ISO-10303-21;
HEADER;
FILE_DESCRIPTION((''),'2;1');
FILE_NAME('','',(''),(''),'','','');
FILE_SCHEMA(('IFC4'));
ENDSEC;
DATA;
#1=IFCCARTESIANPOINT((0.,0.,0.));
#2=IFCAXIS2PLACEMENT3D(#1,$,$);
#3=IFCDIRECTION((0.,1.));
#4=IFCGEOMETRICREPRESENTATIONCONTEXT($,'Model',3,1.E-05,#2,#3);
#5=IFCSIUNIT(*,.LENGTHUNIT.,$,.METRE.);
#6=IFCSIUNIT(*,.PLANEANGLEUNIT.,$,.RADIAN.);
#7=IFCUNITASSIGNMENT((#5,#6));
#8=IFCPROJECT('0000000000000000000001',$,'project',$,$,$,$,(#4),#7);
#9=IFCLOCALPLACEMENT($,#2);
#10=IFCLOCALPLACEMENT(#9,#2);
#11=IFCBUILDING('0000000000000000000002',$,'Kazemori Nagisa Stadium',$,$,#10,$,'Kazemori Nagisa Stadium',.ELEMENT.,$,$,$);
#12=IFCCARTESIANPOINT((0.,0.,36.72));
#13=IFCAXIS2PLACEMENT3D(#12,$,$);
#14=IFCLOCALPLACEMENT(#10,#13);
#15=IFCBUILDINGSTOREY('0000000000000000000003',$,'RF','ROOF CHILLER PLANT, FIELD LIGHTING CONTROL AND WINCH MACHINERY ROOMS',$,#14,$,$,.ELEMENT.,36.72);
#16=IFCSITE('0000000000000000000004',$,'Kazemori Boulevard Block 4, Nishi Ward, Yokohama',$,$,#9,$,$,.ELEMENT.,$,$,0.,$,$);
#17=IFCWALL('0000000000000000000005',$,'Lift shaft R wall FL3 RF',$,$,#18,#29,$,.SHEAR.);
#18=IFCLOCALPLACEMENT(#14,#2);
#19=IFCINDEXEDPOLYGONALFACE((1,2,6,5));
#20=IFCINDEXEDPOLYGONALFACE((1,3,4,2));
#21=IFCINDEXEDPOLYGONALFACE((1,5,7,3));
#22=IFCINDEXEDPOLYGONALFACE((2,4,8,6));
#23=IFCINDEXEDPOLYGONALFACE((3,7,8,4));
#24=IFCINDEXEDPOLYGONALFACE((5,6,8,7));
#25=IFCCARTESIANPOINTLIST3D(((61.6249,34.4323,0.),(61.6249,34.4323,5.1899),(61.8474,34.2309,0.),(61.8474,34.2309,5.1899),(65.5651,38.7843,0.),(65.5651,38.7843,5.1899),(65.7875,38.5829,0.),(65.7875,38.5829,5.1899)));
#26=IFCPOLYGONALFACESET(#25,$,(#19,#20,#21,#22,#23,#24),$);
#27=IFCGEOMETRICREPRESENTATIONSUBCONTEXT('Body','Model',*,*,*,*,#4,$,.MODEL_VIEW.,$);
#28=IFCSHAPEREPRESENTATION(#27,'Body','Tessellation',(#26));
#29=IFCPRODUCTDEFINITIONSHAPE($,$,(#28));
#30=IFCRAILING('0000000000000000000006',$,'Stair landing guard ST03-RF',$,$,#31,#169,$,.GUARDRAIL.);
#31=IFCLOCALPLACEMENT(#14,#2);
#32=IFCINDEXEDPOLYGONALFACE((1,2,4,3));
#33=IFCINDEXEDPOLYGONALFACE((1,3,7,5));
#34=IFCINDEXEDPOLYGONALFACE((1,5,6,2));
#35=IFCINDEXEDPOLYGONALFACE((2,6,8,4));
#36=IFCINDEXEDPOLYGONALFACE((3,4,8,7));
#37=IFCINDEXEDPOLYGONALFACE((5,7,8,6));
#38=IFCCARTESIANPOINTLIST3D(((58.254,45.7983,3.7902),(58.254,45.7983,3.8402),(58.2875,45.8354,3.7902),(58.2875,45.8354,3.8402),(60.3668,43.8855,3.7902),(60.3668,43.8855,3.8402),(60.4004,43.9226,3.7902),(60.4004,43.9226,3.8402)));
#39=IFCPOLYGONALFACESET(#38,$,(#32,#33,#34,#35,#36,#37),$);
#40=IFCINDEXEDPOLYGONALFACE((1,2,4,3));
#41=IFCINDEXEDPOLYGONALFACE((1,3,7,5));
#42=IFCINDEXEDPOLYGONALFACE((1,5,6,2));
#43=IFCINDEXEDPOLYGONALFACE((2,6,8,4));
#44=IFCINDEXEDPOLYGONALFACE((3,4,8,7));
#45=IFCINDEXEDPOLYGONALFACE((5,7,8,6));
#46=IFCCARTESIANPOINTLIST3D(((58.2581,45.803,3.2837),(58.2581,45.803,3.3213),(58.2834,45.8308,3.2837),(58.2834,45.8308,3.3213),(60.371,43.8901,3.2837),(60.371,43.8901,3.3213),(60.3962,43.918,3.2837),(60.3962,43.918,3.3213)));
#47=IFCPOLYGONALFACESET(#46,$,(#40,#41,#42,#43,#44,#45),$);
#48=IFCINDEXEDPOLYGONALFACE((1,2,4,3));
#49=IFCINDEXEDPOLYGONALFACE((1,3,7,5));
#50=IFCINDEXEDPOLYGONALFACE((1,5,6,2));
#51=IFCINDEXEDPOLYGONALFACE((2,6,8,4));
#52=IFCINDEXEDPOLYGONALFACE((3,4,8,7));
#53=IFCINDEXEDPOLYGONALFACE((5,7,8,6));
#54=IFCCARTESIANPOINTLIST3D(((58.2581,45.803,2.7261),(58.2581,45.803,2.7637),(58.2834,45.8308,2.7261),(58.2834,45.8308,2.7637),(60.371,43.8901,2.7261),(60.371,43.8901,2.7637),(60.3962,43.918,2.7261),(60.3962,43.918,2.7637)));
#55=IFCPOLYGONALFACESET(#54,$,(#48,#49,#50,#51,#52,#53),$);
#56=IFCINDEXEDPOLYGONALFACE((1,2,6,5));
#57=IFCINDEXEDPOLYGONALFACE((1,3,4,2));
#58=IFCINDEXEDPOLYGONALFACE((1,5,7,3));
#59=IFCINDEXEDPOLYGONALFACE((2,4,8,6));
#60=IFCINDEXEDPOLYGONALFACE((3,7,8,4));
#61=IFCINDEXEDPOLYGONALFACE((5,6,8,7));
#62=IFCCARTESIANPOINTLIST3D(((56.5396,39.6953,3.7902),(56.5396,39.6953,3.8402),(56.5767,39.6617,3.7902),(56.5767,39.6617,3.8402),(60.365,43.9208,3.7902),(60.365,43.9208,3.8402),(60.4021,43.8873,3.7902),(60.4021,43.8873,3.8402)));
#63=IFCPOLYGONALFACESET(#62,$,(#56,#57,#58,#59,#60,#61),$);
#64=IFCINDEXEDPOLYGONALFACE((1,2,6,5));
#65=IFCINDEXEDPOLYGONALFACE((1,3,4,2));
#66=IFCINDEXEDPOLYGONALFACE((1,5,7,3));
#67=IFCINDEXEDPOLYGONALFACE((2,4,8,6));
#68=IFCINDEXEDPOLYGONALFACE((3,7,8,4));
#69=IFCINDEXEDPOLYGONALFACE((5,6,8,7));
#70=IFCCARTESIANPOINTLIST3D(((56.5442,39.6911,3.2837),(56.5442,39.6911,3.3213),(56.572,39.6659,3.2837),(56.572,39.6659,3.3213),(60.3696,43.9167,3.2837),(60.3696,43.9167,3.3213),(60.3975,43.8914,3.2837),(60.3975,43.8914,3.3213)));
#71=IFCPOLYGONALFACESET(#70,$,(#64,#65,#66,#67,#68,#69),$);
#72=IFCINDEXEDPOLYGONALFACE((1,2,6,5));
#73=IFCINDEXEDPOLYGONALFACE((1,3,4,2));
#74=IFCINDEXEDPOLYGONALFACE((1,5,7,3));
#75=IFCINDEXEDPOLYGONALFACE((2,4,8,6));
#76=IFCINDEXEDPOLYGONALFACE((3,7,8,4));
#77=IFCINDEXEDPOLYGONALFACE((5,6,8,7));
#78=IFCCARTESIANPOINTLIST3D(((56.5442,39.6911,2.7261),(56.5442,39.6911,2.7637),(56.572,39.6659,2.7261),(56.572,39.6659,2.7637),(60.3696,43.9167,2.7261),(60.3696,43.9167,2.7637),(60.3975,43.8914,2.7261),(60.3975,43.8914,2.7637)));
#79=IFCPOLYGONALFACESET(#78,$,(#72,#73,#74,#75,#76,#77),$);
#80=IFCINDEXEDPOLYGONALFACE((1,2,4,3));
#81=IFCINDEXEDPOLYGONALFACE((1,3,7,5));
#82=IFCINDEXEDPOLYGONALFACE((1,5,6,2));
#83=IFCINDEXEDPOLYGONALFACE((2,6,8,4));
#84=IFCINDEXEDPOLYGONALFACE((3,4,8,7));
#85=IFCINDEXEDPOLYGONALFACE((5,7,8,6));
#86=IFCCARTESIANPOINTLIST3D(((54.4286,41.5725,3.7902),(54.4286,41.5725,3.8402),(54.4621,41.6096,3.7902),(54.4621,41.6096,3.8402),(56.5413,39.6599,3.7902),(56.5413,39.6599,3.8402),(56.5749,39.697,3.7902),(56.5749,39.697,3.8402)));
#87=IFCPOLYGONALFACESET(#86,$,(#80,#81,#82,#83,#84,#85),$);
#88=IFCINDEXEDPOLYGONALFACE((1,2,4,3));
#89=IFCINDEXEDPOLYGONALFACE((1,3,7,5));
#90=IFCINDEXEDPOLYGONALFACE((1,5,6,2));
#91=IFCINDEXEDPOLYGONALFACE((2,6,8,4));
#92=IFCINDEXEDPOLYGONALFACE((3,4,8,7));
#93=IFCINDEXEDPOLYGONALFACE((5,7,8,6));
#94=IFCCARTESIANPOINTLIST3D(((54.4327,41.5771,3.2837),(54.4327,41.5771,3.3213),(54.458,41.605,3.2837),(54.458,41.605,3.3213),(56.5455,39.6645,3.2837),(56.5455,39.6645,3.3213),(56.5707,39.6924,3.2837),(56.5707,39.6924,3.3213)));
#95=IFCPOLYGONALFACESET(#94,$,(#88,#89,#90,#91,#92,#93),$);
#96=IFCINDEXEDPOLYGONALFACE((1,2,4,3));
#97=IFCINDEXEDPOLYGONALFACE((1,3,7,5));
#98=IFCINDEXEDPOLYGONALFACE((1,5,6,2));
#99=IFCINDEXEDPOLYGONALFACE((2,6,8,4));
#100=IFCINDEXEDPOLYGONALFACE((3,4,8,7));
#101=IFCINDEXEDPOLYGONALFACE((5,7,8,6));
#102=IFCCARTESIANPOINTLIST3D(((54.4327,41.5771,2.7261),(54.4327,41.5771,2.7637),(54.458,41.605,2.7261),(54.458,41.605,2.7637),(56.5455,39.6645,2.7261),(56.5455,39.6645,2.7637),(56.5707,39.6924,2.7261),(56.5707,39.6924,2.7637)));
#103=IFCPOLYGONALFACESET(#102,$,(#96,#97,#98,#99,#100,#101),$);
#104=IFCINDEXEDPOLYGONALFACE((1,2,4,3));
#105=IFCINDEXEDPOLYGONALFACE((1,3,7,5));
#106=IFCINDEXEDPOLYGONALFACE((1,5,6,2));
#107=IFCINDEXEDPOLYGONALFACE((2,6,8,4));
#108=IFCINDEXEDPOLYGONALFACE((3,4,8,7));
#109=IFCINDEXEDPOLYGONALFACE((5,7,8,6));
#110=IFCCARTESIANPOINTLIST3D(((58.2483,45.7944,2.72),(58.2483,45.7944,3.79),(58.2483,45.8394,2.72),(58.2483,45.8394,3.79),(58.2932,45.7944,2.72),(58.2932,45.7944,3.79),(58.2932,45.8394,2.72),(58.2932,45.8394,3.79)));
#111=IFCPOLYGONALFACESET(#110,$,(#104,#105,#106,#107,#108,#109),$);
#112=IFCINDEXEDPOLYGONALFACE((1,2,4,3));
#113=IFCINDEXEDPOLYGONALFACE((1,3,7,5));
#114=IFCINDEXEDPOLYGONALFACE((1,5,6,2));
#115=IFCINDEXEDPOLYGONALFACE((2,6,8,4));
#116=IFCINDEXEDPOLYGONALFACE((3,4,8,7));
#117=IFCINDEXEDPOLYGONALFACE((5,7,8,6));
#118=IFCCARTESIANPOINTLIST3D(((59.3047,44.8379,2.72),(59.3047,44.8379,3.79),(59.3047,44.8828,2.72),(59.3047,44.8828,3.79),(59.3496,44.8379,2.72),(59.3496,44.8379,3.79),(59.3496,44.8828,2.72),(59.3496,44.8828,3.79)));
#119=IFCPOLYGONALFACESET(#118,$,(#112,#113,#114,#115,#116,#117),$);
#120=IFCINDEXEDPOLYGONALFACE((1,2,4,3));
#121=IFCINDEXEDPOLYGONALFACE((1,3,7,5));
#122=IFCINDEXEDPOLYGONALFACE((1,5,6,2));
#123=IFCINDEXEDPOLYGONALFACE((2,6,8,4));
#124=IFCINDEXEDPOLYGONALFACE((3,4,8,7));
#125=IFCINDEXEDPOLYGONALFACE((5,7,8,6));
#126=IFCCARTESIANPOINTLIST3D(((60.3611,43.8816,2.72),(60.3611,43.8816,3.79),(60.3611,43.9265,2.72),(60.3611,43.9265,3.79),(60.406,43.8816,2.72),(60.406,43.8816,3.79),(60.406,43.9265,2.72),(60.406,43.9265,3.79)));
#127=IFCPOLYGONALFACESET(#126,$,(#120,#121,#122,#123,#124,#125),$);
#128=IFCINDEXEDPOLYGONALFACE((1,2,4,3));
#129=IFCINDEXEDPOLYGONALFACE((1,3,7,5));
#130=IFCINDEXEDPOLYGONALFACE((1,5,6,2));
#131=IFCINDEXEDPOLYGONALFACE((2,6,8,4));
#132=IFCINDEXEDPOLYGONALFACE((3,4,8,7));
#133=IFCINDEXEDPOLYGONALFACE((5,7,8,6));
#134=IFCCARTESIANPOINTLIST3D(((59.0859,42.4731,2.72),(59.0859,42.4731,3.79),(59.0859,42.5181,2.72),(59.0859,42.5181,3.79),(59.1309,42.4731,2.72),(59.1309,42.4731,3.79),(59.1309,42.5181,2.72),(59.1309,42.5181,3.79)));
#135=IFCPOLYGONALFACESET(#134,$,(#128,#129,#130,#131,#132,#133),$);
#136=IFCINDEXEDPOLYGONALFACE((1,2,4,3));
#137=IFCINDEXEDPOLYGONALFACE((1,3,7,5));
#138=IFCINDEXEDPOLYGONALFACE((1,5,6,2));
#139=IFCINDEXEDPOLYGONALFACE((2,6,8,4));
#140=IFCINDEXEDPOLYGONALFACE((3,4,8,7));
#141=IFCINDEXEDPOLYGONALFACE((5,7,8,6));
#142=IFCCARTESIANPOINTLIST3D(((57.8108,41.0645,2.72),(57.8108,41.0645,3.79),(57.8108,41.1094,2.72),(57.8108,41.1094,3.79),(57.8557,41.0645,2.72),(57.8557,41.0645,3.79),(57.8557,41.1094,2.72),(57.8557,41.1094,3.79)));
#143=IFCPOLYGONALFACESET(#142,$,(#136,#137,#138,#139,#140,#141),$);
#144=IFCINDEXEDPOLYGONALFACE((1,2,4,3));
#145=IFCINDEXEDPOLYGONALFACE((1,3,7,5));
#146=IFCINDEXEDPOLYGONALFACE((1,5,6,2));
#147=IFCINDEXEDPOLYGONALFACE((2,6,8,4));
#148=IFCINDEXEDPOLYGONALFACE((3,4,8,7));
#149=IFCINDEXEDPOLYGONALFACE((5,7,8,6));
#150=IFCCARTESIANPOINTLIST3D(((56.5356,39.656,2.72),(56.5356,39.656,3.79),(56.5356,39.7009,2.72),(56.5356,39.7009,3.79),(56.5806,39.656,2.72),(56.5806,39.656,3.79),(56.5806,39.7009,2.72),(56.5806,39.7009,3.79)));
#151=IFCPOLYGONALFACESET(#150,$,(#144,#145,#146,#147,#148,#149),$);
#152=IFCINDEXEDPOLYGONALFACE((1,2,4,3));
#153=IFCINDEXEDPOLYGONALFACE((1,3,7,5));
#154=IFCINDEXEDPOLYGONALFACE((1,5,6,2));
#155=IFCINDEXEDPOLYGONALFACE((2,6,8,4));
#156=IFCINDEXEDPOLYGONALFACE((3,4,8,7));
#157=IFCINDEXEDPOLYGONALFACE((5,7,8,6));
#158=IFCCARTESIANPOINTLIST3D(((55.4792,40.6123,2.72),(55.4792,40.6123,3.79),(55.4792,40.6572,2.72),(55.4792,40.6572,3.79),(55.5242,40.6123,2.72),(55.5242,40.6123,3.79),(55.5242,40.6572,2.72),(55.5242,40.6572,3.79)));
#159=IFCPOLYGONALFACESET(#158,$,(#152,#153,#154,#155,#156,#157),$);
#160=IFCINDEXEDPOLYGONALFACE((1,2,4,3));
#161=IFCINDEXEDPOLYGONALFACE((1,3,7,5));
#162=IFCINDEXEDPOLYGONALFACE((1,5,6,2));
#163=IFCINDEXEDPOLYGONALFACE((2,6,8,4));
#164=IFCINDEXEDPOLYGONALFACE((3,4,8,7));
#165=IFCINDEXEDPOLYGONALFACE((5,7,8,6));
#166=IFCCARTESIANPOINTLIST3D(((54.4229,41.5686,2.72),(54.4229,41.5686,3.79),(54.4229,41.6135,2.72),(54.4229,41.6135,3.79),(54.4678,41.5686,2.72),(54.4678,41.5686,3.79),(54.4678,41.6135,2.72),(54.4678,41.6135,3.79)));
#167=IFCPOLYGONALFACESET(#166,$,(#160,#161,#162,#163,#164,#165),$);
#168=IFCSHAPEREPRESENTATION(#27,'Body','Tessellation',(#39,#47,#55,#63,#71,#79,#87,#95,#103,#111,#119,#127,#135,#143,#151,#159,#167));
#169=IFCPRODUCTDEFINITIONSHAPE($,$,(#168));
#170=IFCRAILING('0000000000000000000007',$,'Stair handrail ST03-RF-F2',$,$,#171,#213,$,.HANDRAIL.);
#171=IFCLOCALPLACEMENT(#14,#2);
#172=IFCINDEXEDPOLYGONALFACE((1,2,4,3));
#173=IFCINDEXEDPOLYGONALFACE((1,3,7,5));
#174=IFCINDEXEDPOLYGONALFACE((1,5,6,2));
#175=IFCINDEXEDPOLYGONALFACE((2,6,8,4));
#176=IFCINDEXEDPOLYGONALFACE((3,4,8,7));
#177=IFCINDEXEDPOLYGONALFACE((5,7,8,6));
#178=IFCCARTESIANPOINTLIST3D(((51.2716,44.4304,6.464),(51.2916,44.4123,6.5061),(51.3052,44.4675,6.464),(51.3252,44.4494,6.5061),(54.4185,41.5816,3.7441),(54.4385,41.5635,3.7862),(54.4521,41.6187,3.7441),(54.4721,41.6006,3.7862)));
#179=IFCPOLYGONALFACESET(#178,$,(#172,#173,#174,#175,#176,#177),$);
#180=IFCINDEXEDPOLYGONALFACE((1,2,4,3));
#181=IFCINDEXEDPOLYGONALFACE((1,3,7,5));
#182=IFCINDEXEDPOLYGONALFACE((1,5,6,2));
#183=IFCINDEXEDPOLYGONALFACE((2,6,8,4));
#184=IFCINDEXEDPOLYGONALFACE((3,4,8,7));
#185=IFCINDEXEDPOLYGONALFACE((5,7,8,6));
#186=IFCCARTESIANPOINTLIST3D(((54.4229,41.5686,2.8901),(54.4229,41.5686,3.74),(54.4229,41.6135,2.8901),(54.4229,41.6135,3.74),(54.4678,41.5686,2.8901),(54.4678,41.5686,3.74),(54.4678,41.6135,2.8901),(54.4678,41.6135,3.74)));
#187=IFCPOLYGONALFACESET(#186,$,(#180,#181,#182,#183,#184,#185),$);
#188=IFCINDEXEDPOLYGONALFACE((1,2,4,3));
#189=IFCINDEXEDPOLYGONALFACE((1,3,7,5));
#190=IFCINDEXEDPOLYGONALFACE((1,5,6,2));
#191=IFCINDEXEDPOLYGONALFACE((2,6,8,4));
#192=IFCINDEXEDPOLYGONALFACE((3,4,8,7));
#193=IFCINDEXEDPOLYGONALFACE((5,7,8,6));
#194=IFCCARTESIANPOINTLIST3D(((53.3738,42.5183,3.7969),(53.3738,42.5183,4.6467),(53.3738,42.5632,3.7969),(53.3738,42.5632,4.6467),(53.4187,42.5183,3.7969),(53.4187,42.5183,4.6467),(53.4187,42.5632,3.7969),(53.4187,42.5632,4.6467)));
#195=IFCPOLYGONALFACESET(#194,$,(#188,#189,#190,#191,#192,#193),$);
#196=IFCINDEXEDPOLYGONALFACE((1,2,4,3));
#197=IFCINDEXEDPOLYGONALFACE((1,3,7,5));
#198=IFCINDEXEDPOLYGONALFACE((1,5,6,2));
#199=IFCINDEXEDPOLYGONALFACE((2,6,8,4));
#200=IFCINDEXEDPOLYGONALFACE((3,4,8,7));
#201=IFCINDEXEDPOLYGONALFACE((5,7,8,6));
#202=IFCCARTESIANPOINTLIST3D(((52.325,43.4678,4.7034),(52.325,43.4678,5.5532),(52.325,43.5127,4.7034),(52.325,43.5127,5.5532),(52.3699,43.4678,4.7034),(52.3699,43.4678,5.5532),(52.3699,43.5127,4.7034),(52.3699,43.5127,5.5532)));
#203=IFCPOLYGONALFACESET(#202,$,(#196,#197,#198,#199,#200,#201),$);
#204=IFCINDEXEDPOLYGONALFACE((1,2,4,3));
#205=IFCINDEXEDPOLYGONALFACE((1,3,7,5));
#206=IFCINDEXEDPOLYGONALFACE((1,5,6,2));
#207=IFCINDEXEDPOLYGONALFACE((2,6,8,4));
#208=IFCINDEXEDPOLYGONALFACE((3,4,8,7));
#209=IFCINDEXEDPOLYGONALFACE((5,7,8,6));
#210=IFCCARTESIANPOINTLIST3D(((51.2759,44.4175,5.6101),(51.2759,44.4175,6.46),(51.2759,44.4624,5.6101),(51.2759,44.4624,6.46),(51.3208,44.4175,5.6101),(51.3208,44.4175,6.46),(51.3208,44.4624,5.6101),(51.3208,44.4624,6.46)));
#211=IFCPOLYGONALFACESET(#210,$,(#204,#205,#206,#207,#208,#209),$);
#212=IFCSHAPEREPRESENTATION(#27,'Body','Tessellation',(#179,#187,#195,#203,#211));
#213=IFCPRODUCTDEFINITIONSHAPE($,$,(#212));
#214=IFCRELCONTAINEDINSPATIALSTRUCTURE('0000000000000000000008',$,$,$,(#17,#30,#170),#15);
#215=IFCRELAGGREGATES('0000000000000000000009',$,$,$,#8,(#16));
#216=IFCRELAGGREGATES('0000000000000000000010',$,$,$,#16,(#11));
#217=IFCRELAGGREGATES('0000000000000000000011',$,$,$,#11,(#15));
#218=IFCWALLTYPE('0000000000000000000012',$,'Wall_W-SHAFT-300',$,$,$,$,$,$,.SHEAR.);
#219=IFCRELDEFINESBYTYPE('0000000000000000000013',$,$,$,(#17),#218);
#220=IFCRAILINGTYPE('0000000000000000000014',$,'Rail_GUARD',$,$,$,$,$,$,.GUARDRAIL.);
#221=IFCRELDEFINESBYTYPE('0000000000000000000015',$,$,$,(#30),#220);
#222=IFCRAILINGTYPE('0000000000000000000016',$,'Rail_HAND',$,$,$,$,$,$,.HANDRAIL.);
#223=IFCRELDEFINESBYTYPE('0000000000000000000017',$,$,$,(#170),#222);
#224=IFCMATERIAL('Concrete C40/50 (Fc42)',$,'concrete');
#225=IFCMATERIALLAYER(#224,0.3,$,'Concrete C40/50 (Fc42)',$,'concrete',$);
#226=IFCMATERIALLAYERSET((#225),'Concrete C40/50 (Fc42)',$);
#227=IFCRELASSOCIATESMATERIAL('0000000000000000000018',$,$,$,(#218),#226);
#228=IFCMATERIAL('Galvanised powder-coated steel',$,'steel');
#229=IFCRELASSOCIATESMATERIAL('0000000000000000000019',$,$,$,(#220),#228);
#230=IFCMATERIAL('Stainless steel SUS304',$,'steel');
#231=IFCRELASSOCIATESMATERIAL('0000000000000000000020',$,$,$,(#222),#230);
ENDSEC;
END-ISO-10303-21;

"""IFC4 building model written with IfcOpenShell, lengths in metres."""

from ifc_helpers import new_model, si_unit, direction, frame, frame_2d, origin, origin_2d, place, context, subcontext, project, spatial, rectangle, extrude, material, layer, layer_set, type_object, element, save


model = new_model("IFC4")

# Units and contexts
model_context = context("Model", 3, precision=1e-05, world=origin(), true_north=direction((0.0, 1.0)))
body_context = subcontext(model_context, "Body", "Model", "MODEL_VIEW")
ifc_project = project(units=[si_unit("LENGTHUNIT", "METRE"), si_unit("PLANEANGLEUNIT", "RADIAN")], contexts=[model_context])

# Site, building, storey
site_placement = place(None, origin())
site = spatial("IfcSite", under=ifc_project, at=site_placement, Name="Kazemori Boulevard Block 4, Nishi Ward, Yokohama", CompositionType="ELEMENT", RefElevation=0.0)
building_placement = place(site_placement, origin())
building = spatial("IfcBuilding", under=site, at=building_placement, Name="Kazemori Nagisa Stadium", LongName="Kazemori Nagisa Stadium", CompositionType="ELEMENT")
storey_placement = place(building_placement, frame((0.0, 0.0, 36.72)))
storey = spatial("IfcBuildingStorey", under=building, at=storey_placement, Name="RF", Description="ROOF CHILLER PLANT, FIELD LIGHTING CONTROL AND WINCH MACHINERY ROOMS", CompositionType="ELEMENT", Elevation=36.72)

# Shared definitions
ifc_material_1 = material(Name="Concrete C40/50 (Fc42)", Category="concrete")

# Shared definitions
ifc_layer_1 = layer(ifc_material_1, 0.3, Name="Concrete C40/50 (Fc42)", Category="concrete")
ifc_layer_set_1 = layer_set([ifc_layer_1], Name="Concrete C40/50 (Fc42)")
wall_type_1 = type_object("IfcWallType", Name="Wall_W-SHAFT-300", PredefinedType="SHEAR", material=ifc_layer_set_1)
ifc_material_2 = material(Name="Stainless steel SUS304", Category="steel")

# Wall
wall_1_placement = place(storey_placement, frame((65.6763, 38.6836, 0.0), z_axis=(0.0, 0.0, 1.0), x_axis=(-0.671158, -0.741314, 0.0)))
element("IfcWall", 1, at=wall_1_placement, inside=storey, type_object=wall_type_1, Name="Lift shaft R wall FL3 RF", PredefinedType="SHEAR", context=body_context, shape_type="SweptSolid", body=[
    extrude(rectangle(XDim=5.8706, YDim=0.3, at=frame_2d((2.9353, 0.0))), origin(), (0.0, 0.0, 1.0), 5.1899),
])

# Railings
ifc_material_3 = material(Name="Galvanised powder-coated steel", Category="steel")
railing_type_1 = type_object("IfcRailingType", Name="Rail_GUARD", PredefinedType="GUARDRAIL", material=ifc_material_3)
railing_1_placement = place(storey_placement, frame((58.2708, 45.8169, 2.72)))
element("IfcRailing", 2, at=railing_1_placement, inside=storey, type_object=railing_type_1, Name="Stair landing guard ST03-RF", PredefinedType="GUARDRAIL", context=body_context, shape_type="SweptSolid", body=[
    extrude(rectangle(XDim=0.05, YDim=0.05, at=origin_2d()), frame((0.0, 0.0, 1.0952), z_axis=(0.741315, -0.671158, 0.0), x_axis=(0.671158, 0.741315, 0.0)), (0.0, 0.0, 1.0), 2.8501),
    extrude(rectangle(XDim=0.0376, YDim=0.0376, at=origin_2d()), frame((0.0, 0.0, 0.5825), z_axis=(0.741315, -0.671158, 0.0), x_axis=(0.671158, 0.741315, 0.0)), (0.0, 0.0, 1.0), 2.8501),
    extrude(rectangle(XDim=0.0376, YDim=0.0376, at=origin_2d()), frame((0.0, 0.0, 0.0249), z_axis=(0.741315, -0.671158, 0.0), x_axis=(0.671158, 0.741315, 0.0)), (0.0, 0.0, 1.0), 2.8501),
    extrude(rectangle(XDim=0.05, YDim=0.05, at=origin_2d()), frame((2.1128, -1.9128, 1.0952), z_axis=(-0.671134, -0.741336, 0.0), x_axis=(0.741336, -0.671134, 0.0)), (0.0, 0.0, 1.0), 5.7),
    extrude(rectangle(XDim=0.0376, YDim=0.0376, at=origin_2d()), frame((2.1128, -1.9128, 0.5825), z_axis=(-0.671134, -0.741336, 0.0), x_axis=(0.741336, -0.671134, 0.0)), (0.0, 0.0, 1.0), 5.7),
    extrude(rectangle(XDim=0.0376, YDim=0.0376, at=origin_2d()), frame((2.1128, -1.9128, 0.0249), z_axis=(-0.671134, -0.741336, 0.0), x_axis=(0.741336, -0.671134, 0.0)), (0.0, 0.0, 1.0), 5.7),
    extrude(rectangle(XDim=0.05, YDim=0.05, at=origin_2d()), frame((-1.7126, -6.1384, 1.0952), z_axis=(-0.741357, 0.671111, 0.0), x_axis=(-0.671111, -0.741357, 0.0)), (0.0, 0.0, 1.0), 2.8499),
    extrude(rectangle(XDim=0.0376, YDim=0.0376, at=origin_2d()), frame((-1.7126, -6.1384, 0.5825), z_axis=(-0.741357, 0.671111, 0.0), x_axis=(-0.671111, -0.741357, 0.0)), (0.0, 0.0, 1.0), 2.8499),
    extrude(rectangle(XDim=0.0376, YDim=0.0376, at=origin_2d()), frame((-1.7126, -6.1384, 0.0249), z_axis=(-0.741357, 0.671111, 0.0), x_axis=(-0.671111, -0.741357, 0.0)), (0.0, 0.0, 1.0), 2.8499),
    extrude(rectangle(XDim=0.0449, YDim=0.0449, at=origin_2d()), origin(), (0.0, 0.0, 1.0), 1.0701),
    extrude(rectangle(XDim=0.0449, YDim=0.0449, at=origin_2d()), frame((1.0564, -0.9565, 0.0)), (0.0, 0.0, 1.0), 1.0701),
    extrude(rectangle(XDim=0.0449, YDim=0.0449, at=origin_2d()), frame((2.1128, -1.9128, 0.0)), (0.0, 0.0, 1.0), 1.0701),
    extrude(rectangle(XDim=0.0449, YDim=0.0449, at=origin_2d()), frame((0.8376, -3.3213, 0.0)), (0.0, 0.0, 1.0), 1.0701),
    extrude(rectangle(XDim=0.0449, YDim=0.0449, at=origin_2d()), frame((-0.4375, -4.73, 0.0)), (0.0, 0.0, 1.0), 1.0701),
    extrude(rectangle(XDim=0.0449, YDim=0.0449, at=origin_2d()), frame((-1.7126, -6.1384, 0.0)), (0.0, 0.0, 1.0), 1.0701),
    extrude(rectangle(XDim=0.0449, YDim=0.0449, at=origin_2d()), frame((-2.769, -5.1821, 0.0)), (0.0, 0.0, 1.0), 1.0701),
    extrude(rectangle(XDim=0.0449, YDim=0.0449, at=origin_2d()), frame((-3.8254, -4.2258, 0.0)), (0.0, 0.0, 1.0), 1.0701),
])
railing_type_2 = type_object("IfcRailingType", Name="Rail_HAND", PredefinedType="HANDRAIL", material=ifc_material_2)
railing_2_placement = place(storey_placement, frame((54.4453, 41.5911, 2.8901)))
element("IfcRailing", 3, at=railing_2_placement, inside=storey, type_object=railing_type_2, Name="Stair handrail ST03-RF-F2", PredefinedType="HANDRAIL", context=body_context, shape_type="SweptSolid", body=[
    extrude(rectangle(XDim=0.05, YDim=0.05, at=origin_2d()), frame((0.0, 0.0, 0.875), z_axis=(-0.624201, 0.565073, 0.539505), x_axis=(-0.671123, -0.741346, 0.0)), (0.0, 0.0, 1.0), 5.0415),
    extrude(rectangle(XDim=0.0449, YDim=0.0449, at=origin_2d()), origin(), (0.0, 0.0, 1.0), 0.8499),
    extrude(rectangle(XDim=0.0449, YDim=0.0449, at=origin_2d()), frame((-1.0491, 0.9497, 0.9067)), (0.0, 0.0, 1.0), 0.8499),
    extrude(rectangle(XDim=0.0449, YDim=0.0449, at=origin_2d()), frame((-2.0979, 1.8992, 1.8132)), (0.0, 0.0, 1.0), 0.8499),
    extrude(rectangle(XDim=0.0449, YDim=0.0449, at=origin_2d()), frame((-3.147, 2.8489, 2.72)), (0.0, 0.0, 1.0), 0.8499),
])

save(model, "model.ifc")
